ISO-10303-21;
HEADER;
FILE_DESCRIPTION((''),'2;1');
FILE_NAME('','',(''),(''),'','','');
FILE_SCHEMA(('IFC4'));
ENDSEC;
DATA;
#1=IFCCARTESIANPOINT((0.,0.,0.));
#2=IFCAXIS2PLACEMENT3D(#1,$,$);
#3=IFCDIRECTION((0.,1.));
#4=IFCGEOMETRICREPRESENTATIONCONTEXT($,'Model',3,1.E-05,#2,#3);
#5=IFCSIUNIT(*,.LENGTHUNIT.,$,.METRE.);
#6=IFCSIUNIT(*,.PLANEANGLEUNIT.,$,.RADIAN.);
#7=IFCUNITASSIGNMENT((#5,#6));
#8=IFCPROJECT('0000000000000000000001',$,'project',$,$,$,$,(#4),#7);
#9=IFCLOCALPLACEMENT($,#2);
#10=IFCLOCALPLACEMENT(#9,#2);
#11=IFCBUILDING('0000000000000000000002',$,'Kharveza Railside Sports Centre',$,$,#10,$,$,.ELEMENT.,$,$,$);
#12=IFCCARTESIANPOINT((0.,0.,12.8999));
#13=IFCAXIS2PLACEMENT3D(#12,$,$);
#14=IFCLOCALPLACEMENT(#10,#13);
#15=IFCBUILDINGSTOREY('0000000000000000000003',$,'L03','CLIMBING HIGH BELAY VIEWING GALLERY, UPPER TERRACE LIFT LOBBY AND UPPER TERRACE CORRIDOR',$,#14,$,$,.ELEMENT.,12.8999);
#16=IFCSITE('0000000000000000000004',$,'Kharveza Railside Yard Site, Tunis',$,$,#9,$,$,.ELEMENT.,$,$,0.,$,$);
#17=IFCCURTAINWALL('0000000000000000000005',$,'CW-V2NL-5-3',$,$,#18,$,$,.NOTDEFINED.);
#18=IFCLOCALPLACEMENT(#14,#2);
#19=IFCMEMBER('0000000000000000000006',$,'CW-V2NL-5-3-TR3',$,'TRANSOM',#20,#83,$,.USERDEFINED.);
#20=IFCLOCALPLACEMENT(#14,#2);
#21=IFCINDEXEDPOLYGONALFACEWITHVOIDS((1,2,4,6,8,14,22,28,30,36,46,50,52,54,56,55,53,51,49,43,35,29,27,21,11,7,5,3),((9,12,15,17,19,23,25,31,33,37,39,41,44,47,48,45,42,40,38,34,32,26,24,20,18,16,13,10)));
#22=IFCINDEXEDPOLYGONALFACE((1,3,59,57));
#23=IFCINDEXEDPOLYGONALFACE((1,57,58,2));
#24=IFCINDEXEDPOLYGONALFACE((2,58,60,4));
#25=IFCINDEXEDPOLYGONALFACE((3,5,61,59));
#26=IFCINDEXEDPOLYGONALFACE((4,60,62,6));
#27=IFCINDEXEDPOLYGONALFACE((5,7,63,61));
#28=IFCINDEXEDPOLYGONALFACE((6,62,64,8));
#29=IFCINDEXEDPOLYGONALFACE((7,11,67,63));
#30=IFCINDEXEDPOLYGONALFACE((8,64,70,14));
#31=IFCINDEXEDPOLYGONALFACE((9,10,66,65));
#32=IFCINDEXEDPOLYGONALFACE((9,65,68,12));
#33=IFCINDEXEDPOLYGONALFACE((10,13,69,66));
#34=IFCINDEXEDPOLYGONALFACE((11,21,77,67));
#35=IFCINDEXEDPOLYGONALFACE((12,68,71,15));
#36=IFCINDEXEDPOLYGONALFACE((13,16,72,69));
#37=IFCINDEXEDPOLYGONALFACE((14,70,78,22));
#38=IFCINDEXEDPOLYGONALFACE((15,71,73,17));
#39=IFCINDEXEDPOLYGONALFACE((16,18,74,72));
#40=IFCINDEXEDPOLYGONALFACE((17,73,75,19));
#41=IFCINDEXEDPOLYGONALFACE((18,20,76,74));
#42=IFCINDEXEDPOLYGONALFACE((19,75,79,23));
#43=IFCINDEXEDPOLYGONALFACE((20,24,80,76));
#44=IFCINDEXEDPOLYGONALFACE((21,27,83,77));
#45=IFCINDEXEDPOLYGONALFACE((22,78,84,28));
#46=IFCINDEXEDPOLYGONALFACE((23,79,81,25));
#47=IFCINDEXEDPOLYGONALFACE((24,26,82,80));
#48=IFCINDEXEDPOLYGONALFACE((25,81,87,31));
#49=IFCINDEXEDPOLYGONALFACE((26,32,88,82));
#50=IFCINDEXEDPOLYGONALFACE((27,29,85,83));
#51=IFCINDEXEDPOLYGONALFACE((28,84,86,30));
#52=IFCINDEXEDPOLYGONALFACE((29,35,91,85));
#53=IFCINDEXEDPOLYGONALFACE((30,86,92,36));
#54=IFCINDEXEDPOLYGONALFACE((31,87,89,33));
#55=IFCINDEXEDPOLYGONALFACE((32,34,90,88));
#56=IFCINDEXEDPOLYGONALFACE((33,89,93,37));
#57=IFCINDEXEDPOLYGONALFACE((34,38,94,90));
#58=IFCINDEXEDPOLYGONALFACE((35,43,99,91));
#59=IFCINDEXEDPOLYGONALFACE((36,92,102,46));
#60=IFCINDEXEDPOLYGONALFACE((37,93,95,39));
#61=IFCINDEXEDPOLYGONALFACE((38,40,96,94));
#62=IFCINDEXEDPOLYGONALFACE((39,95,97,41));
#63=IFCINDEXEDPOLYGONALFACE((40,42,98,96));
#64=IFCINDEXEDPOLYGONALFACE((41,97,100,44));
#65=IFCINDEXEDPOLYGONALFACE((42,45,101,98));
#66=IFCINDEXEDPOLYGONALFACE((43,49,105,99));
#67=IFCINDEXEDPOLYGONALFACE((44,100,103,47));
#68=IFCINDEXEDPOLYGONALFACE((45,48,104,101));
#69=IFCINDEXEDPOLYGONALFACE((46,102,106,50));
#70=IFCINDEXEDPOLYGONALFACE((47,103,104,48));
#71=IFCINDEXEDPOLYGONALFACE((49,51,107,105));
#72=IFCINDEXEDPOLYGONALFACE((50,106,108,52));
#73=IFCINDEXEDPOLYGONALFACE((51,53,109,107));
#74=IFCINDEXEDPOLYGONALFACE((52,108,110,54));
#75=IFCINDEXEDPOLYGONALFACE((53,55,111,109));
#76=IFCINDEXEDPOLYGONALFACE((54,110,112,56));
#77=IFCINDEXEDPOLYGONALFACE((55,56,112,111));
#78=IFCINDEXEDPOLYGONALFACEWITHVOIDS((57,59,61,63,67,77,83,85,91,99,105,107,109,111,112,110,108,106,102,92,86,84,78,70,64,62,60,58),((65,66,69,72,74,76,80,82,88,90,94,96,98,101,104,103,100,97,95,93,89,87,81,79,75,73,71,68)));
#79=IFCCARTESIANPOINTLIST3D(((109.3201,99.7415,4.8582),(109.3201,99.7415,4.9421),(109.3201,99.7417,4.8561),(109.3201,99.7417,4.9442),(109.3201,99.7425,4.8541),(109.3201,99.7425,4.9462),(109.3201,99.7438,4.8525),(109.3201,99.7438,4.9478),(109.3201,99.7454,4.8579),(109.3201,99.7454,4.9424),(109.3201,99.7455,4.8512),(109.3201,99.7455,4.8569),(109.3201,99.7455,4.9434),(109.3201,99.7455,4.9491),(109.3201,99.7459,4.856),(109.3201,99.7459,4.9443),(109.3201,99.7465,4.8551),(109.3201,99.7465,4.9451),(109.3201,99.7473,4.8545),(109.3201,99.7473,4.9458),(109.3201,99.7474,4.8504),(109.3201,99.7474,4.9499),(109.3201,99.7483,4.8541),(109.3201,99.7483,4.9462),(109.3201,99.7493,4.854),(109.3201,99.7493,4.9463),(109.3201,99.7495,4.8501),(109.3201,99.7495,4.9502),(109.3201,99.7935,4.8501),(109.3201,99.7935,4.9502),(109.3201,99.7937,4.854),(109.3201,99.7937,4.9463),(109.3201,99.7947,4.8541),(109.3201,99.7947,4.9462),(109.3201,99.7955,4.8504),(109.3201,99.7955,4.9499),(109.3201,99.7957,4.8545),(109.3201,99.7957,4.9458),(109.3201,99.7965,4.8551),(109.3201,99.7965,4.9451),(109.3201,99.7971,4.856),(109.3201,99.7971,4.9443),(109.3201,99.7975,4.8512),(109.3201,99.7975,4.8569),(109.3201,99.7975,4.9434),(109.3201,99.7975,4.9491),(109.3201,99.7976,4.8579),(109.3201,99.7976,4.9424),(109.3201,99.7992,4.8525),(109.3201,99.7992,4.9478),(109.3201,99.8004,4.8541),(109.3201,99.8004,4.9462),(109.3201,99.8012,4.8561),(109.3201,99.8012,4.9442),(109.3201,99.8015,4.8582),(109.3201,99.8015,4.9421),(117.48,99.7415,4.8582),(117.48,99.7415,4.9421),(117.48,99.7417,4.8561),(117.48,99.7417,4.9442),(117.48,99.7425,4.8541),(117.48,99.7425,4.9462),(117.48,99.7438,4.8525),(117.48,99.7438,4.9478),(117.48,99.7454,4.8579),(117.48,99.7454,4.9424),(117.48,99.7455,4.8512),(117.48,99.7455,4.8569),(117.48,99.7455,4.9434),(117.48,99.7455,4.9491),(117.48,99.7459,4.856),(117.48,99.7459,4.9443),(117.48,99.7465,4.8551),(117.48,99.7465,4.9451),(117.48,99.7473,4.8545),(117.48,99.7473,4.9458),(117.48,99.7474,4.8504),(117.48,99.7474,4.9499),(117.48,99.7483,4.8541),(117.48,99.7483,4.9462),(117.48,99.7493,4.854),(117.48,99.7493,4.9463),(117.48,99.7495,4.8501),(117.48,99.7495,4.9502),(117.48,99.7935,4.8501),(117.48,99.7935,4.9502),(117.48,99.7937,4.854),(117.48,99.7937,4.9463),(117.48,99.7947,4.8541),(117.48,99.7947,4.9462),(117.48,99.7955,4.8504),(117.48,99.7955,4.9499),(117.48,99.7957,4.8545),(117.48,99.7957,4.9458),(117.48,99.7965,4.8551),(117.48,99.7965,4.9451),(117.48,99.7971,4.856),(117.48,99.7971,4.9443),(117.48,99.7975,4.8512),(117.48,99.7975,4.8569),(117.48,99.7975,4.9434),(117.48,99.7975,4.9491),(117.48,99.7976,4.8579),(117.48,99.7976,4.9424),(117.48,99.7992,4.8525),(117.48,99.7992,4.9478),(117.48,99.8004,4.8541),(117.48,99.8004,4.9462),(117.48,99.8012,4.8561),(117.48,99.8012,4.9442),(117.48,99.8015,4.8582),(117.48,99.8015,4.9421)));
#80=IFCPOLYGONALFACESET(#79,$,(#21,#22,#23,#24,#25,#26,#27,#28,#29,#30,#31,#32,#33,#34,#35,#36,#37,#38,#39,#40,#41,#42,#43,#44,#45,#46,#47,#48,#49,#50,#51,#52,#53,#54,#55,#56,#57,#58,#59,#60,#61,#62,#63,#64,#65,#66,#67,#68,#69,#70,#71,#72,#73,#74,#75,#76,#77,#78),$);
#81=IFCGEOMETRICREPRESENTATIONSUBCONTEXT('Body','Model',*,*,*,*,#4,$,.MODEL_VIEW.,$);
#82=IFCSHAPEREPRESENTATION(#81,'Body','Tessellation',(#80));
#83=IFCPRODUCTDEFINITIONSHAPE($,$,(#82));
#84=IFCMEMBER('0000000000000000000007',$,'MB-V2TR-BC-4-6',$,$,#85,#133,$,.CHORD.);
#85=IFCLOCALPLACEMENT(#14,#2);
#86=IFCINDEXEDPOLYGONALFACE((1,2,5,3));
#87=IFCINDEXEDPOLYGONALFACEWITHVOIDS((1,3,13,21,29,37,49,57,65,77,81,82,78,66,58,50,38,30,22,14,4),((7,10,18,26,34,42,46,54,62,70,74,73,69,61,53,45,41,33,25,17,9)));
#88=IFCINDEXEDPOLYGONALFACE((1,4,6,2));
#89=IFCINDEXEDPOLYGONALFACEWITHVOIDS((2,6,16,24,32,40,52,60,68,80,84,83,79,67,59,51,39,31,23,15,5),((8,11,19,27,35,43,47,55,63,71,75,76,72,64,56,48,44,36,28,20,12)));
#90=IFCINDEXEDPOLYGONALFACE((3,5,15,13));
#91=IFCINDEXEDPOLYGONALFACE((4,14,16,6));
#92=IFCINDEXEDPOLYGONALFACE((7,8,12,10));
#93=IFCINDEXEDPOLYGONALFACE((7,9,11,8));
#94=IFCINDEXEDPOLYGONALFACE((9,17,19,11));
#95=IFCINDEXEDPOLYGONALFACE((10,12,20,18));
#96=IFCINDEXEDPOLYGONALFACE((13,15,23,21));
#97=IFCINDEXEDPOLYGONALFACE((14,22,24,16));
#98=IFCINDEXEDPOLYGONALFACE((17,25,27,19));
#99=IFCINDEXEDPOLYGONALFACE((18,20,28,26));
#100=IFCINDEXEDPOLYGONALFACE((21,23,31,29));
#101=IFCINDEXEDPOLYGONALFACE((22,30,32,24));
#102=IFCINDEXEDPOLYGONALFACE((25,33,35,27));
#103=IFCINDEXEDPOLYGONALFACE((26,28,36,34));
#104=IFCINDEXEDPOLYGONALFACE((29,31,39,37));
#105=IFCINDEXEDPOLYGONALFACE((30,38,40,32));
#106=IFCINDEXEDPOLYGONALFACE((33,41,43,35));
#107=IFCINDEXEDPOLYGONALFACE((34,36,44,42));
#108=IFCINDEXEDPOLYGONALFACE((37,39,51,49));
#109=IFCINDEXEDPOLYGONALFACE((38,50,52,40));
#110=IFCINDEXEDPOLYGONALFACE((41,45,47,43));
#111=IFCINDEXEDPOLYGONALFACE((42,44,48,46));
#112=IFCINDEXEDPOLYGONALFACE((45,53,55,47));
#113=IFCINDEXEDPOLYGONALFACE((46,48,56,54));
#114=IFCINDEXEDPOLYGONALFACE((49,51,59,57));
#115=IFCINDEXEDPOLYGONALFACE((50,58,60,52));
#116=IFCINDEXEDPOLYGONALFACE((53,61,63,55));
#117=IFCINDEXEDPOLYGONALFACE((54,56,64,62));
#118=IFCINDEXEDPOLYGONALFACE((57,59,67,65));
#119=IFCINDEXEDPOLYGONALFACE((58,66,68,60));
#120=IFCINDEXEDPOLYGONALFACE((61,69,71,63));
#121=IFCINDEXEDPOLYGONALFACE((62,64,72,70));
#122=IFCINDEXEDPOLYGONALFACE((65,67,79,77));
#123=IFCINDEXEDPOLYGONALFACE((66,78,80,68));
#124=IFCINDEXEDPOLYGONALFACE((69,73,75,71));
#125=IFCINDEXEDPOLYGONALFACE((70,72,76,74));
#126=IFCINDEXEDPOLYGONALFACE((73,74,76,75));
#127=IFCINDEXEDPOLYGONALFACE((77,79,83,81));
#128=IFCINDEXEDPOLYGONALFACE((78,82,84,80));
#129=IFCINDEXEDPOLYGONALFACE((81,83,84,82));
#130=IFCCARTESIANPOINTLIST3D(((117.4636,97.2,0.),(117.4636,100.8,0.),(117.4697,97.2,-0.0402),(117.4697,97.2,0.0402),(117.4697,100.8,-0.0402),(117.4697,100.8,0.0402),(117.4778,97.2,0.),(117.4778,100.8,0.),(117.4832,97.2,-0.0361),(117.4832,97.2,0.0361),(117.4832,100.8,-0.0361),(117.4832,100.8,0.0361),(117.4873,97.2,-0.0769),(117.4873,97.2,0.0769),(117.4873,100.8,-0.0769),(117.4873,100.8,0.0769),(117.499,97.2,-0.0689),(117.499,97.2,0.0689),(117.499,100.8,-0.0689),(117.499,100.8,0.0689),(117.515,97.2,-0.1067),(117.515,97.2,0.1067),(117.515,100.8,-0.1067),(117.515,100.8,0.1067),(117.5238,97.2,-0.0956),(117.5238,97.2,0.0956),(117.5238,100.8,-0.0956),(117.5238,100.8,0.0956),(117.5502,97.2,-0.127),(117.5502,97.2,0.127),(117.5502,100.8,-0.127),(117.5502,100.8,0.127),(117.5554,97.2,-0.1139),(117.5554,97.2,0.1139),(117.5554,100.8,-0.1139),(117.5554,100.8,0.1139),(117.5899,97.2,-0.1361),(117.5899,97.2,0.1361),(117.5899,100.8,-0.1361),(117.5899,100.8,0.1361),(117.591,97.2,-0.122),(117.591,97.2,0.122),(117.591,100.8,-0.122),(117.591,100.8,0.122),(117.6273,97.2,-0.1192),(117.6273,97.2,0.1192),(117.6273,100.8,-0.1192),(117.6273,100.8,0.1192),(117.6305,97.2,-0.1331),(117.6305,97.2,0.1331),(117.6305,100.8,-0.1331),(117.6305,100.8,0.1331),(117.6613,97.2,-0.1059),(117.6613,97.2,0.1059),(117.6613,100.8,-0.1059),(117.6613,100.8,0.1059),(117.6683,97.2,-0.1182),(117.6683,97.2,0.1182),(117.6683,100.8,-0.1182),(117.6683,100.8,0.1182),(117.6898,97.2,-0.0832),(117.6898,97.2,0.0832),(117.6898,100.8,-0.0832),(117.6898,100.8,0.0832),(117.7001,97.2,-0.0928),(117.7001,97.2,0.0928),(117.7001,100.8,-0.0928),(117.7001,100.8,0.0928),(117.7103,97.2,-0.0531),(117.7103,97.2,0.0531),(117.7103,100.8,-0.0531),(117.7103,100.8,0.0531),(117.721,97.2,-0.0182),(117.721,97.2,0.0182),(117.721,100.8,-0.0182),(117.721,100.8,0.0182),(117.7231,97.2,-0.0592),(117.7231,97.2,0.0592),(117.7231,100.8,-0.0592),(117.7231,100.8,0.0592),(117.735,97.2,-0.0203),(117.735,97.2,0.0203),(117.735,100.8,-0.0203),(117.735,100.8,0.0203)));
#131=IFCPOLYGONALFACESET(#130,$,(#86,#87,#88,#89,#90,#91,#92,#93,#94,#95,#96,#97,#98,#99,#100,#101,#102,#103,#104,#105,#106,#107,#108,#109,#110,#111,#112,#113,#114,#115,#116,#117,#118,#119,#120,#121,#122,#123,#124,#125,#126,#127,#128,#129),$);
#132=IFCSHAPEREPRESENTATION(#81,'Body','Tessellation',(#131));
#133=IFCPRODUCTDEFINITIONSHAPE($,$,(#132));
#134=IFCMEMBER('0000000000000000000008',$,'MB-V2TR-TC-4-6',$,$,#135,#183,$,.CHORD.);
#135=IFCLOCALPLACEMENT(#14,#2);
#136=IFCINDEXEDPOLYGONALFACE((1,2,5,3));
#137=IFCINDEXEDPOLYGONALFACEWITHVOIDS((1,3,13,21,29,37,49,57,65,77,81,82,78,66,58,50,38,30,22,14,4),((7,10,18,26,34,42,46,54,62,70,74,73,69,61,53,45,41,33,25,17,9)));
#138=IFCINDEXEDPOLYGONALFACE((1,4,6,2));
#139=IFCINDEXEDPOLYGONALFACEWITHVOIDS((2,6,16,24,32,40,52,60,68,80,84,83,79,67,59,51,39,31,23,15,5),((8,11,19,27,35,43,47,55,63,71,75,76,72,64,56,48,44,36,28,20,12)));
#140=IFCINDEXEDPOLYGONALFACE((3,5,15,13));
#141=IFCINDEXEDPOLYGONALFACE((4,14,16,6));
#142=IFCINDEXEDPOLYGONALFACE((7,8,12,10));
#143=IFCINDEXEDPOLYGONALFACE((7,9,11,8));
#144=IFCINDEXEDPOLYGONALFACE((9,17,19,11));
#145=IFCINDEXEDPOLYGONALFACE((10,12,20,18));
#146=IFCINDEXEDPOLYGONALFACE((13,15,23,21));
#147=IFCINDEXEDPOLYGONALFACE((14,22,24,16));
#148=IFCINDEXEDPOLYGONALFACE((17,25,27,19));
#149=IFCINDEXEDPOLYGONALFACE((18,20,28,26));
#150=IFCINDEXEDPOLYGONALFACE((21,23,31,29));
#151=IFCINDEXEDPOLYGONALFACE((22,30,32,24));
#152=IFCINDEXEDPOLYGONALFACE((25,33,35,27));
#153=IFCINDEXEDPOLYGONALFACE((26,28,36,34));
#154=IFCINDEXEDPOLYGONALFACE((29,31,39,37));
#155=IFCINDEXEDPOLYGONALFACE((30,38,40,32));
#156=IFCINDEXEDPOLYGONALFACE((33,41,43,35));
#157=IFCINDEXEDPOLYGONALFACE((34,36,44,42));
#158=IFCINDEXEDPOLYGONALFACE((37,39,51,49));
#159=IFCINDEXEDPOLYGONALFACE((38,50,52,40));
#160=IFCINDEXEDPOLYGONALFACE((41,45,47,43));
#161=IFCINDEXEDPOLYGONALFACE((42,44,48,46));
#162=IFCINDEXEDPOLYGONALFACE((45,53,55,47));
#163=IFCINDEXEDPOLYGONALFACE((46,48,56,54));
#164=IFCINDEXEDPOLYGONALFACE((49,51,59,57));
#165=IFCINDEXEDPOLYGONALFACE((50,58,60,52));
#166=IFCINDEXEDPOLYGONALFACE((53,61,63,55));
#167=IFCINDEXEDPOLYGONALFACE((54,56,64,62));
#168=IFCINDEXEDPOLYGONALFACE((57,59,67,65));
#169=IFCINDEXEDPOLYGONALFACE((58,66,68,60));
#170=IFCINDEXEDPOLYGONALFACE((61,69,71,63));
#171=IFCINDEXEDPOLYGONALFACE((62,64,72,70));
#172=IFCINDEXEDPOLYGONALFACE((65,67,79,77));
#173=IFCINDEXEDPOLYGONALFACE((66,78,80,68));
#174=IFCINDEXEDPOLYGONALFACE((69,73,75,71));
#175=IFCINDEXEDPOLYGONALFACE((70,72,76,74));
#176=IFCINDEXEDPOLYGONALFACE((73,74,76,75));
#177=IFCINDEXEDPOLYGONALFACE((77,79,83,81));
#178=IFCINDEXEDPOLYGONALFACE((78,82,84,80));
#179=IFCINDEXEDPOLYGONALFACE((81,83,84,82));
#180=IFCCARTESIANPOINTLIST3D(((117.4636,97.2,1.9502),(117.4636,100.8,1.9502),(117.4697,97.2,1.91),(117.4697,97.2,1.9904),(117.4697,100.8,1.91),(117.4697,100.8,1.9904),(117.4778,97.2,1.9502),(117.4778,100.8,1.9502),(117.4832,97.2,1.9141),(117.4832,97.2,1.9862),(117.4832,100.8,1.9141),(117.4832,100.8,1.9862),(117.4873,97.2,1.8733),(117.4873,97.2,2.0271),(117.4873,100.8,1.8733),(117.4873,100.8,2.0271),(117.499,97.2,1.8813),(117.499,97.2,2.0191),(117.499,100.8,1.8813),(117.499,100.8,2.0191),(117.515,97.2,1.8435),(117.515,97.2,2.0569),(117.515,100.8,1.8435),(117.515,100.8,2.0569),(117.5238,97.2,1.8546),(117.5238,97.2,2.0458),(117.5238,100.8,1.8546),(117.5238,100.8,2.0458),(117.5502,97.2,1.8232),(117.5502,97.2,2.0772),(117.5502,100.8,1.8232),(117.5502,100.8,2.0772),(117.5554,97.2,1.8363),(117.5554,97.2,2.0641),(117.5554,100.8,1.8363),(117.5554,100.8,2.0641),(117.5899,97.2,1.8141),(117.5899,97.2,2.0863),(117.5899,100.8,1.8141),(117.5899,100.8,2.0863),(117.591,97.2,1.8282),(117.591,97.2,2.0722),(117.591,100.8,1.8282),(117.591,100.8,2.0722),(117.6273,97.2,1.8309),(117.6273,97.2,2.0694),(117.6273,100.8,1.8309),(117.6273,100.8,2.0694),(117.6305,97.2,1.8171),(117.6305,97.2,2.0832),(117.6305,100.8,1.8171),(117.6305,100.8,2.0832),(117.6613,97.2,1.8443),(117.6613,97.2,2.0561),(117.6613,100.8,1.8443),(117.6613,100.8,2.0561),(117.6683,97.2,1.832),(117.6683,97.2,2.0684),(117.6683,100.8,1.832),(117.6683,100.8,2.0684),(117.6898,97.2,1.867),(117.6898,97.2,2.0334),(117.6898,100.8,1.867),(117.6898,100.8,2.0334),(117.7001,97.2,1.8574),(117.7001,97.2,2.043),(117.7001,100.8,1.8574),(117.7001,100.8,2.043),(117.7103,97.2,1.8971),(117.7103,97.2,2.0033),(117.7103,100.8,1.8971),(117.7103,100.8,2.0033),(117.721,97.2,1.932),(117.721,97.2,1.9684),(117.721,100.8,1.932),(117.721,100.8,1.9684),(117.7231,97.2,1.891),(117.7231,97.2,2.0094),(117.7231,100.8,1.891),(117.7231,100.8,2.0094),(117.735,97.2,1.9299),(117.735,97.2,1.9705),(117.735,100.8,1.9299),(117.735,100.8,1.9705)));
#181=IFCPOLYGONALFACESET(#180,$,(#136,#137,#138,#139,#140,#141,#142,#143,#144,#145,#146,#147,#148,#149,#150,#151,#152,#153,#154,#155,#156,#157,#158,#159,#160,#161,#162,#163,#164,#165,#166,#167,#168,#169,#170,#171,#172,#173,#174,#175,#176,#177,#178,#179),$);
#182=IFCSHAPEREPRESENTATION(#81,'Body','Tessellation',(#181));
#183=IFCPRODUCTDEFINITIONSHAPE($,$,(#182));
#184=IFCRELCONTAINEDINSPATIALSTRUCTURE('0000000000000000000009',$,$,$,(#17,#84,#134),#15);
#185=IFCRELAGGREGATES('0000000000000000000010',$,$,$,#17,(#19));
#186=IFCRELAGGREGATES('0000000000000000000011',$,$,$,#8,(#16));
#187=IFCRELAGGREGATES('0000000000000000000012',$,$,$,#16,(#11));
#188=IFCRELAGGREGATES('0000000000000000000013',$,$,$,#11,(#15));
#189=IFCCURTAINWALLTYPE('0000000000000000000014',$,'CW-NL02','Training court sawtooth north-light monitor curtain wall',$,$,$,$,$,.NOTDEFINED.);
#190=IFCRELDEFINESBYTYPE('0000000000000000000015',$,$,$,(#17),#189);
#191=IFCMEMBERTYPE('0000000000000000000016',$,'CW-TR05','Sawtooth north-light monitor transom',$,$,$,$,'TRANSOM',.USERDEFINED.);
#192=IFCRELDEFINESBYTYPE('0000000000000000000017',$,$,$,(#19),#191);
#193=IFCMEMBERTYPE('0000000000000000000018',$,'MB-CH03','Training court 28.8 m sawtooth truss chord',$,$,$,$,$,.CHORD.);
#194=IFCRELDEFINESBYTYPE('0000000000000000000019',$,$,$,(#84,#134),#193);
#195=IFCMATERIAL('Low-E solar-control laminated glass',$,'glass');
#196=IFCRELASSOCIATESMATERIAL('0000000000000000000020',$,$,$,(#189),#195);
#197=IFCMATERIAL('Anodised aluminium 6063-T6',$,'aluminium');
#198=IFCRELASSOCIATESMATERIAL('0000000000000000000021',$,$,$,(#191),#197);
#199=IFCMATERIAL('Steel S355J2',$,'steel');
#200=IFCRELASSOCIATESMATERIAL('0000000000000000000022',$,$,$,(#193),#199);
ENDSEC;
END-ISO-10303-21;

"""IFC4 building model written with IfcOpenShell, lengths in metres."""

from ifc_helpers import new_model, si_unit, direction, frame, origin, origin_2d, place, context, subcontext, project, spatial, hollow_rectangle, hollow_circle, extrude, material, material_profile, profile_set, type_object, element, aggregate, save


model = new_model("IFC4")

# Units and contexts
model_context = context("Model", 3, precision=1e-05, world=origin(), true_north=direction((0.0, 1.0)))
body_context = subcontext(model_context, "Body", "Model", "MODEL_VIEW")
ifc_project = project(units=[si_unit("LENGTHUNIT", "METRE"), si_unit("PLANEANGLEUNIT", "RADIAN")], contexts=[model_context])

# Site, building, storey
site_placement = place(None, origin())
site = spatial("IfcSite", under=ifc_project, at=site_placement, Name="Kharveza Railside Yard Site, Tunis", CompositionType="ELEMENT", RefElevation=0.0)
building_placement = place(site_placement, origin())
building = spatial("IfcBuilding", under=site, at=building_placement, Name="Kharveza Railside Sports Centre", CompositionType="ELEMENT")
storey_placement = place(building_placement, frame((0.0, 0.0, 12.8999)))
storey = spatial("IfcBuildingStorey", under=building, at=storey_placement, Name="L03", Description="CLIMBING HIGH BELAY VIEWING GALLERY, UPPER TERRACE LIFT LOBBY AND UPPER TERRACE CORRIDOR", CompositionType="ELEMENT", Elevation=12.8999)

# Shared definitions
ifc_material_1 = material(Name="Steel S355J2", Category="steel")

# Curtain wall, member
ifc_material_2 = material(Name="Low-E solar-control laminated glass", Category="glass")
curtain_wall_type = type_object("IfcCurtainWallType", Name="CW-NL02", Description="Training court sawtooth north-light monitor curtain wall", PredefinedType="NOTDEFINED", material=ifc_material_2)
curtain_wall_placement = place(storey_placement, origin())
curtain_wall = element("IfcCurtainWall", 1, at=curtain_wall_placement, inside=storey, type_object=curtain_wall_type, Name="CW-V2NL-5-3", PredefinedType="NOTDEFINED")
ifc_material_3 = material(Name="Anodised aluminium 6063-T6", Category="aluminium")
ifc_material_profile_1 = material_profile(ifc_material_3, hollow_rectangle(XDim=0.0601, YDim=0.1001, WallThickness=0.0039, InnerFilletRadius=0.0039, OuterFilletRadius=0.0081, at=origin_2d()), Name="RHS 60x100x4.0")
ifc_profile_set_1 = profile_set([ifc_material_profile_1], Name="Anodised aluminium 6063-T6")
member_type_1 = type_object("IfcMemberType", Name="CW-TR05", Description="Sawtooth north-light monitor transom", ElementType="TRANSOM", PredefinedType="USERDEFINED", material=ifc_profile_set_1)
member_1_placement = place(storey_placement, frame((109.3201, 99.7715, 4.9001), z_axis=(1.0, 0.0, 0.0), x_axis=(0.0, 1.0, 0.0)))
member_1 = element("IfcMember", 2, at=member_1_placement, type_object=member_type_1, Name="CW-V2NL-5-3-TR3", ObjectType="TRANSOM", PredefinedType="USERDEFINED", context=body_context, shape_type="SweptSolid", body=[
    extrude(hollow_rectangle(XDim=0.0601, YDim=0.1001, WallThickness=0.0039, InnerFilletRadius=0.0039, OuterFilletRadius=0.0081, at=origin_2d()), origin(), (0.0, 0.0, 1.0), 8.1599),
])

# Members
ifc_material_profile_2 = material_profile(ifc_material_1, hollow_circle(Radius=0.1365, WallThickness=0.0142, at=origin_2d()), Name="CHS 273.0x14.2")
ifc_profile_set_2 = profile_set([ifc_material_profile_2], Name="Steel S355J2")
member_type_2 = type_object("IfcMemberType", Name="MB-CH03", Description="Training court 28.8 m sawtooth truss chord", PredefinedType="CHORD", material=ifc_profile_set_2)
for number, where, z_axis, x_axis, name in (
    (3, (117.6001, 97.2, 0.0), (0.0, 1.0, 0.0), (-1.0, 0.0, 0.0), "MB-V2TR-BC-4-6"),
    (4, (117.6001, 97.2, 1.9502), (0.0, 1.0, 0.0), (-1.0, 0.0, 0.0), "MB-V2TR-TC-4-6"),
):
    element("IfcMember", number, at=place(storey_placement, frame(where, z_axis=z_axis, x_axis=x_axis)), inside=storey, type_object=member_type_2, Name=name, PredefinedType="CHORD", context=body_context, shape_type="SweptSolid", body=[
        extrude(hollow_circle(Radius=0.1365, WallThickness=0.0142, at=origin_2d()), origin(), (0.0, 0.0, 1.0), 3.6001),
    ])

aggregate(curtain_wall, [member_1])

save(model, "model.ifc")
